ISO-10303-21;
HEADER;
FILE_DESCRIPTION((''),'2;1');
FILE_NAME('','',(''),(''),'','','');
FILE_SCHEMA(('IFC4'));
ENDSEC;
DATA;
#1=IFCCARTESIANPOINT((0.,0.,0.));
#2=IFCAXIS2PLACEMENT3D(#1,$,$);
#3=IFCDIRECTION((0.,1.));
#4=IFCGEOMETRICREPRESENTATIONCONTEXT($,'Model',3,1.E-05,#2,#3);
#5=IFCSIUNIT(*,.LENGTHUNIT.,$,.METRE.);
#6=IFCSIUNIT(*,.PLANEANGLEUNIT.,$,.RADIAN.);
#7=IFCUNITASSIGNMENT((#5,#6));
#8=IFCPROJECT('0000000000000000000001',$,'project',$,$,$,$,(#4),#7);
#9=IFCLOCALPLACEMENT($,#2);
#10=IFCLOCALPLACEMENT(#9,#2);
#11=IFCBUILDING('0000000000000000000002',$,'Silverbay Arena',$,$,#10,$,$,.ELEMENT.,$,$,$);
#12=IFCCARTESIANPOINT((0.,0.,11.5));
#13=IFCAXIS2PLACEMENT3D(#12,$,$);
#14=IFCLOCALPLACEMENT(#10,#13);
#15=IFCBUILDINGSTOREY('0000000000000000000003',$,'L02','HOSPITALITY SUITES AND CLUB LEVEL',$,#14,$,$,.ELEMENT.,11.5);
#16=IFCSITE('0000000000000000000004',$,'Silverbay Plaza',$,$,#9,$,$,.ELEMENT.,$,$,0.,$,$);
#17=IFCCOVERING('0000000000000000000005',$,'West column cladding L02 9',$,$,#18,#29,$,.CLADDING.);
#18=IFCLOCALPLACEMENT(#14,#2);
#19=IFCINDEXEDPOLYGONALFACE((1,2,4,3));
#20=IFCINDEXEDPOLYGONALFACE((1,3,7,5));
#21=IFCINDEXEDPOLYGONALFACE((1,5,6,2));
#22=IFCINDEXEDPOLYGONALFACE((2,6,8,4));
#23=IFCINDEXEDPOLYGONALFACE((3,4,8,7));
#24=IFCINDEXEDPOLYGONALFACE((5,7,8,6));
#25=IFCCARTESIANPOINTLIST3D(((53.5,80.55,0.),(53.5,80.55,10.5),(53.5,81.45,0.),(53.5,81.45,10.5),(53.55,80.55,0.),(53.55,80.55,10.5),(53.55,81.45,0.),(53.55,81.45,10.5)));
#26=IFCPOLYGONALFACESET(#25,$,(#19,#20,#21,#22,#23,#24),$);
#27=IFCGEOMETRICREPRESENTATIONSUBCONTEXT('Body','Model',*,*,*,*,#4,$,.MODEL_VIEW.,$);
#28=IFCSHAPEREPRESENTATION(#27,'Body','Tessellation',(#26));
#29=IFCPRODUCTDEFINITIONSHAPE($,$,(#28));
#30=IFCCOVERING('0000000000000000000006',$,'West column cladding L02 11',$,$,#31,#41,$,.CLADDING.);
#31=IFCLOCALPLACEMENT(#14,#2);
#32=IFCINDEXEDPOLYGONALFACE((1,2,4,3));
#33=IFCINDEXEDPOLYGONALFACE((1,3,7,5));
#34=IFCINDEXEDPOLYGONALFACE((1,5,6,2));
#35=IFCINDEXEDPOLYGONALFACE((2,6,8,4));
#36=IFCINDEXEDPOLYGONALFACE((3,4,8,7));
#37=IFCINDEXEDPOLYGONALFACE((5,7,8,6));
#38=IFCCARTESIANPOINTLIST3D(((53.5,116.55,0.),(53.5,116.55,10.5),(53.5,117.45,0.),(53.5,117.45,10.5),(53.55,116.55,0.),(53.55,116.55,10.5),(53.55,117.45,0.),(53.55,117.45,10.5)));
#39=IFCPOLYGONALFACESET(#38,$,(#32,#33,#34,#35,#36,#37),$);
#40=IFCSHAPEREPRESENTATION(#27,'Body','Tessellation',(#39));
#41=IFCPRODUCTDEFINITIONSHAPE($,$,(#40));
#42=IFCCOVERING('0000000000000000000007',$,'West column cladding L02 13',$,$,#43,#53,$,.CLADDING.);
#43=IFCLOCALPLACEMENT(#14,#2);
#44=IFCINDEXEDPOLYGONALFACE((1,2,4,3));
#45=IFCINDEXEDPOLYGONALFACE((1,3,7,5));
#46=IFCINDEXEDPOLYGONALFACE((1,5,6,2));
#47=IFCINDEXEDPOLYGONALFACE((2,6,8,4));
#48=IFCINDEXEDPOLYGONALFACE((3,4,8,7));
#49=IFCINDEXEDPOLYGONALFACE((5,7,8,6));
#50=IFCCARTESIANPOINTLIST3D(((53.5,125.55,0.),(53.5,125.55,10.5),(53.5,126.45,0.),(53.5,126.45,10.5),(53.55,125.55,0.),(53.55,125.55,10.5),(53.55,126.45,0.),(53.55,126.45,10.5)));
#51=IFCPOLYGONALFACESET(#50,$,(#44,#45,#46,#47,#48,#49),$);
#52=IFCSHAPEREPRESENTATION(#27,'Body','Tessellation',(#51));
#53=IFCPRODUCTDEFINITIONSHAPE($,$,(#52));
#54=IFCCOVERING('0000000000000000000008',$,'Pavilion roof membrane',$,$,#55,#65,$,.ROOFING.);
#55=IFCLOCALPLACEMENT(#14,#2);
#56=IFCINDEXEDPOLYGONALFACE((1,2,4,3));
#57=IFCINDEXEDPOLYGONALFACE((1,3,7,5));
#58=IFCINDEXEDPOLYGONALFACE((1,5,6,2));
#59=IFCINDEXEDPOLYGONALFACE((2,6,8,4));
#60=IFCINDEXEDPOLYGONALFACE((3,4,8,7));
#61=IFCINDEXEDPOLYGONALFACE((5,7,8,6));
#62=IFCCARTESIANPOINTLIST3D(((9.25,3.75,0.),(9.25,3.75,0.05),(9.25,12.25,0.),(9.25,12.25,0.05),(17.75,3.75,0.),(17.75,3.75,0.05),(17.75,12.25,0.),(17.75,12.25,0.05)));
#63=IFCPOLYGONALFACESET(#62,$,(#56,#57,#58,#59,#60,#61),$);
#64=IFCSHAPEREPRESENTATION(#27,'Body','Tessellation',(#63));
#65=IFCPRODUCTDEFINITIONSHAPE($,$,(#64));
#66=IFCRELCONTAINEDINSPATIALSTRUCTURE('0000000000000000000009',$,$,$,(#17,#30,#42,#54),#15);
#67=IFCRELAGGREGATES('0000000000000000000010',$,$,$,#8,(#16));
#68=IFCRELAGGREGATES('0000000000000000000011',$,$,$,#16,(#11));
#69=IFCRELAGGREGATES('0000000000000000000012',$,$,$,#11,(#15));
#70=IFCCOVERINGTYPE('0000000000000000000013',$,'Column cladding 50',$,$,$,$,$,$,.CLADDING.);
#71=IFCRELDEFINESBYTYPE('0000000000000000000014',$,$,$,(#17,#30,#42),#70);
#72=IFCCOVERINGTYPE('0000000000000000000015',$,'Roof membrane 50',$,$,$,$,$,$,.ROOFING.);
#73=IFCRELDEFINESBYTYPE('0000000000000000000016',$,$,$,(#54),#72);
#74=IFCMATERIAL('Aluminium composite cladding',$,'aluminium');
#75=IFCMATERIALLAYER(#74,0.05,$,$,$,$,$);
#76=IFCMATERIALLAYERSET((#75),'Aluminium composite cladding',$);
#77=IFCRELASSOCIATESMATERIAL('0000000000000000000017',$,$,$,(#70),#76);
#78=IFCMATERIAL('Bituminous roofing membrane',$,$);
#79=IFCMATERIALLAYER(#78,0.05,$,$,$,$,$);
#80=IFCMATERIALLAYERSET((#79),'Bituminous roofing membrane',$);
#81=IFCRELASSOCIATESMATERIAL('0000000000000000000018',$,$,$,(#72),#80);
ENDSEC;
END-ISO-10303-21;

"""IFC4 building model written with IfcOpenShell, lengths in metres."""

from ifc_helpers import new_model, si_unit, direction, frame, origin, place, context, subcontext, project, spatial, polyline, outline, extrude, material, layer, layer_set, type_object, element, save


model = new_model("IFC4")

# Units and contexts
model_context = context("Model", 3, precision=1e-05, world=origin(), true_north=direction((0.0, 1.0)))
body_context = subcontext(model_context, "Body", "Model", "MODEL_VIEW")
ifc_project = project(units=[si_unit("LENGTHUNIT", "METRE"), si_unit("PLANEANGLEUNIT", "RADIAN")], contexts=[model_context])

# Site, building, storey
site_placement = place(None, origin())
site = spatial("IfcSite", under=ifc_project, at=site_placement, Name="Silverbay Plaza", CompositionType="ELEMENT", RefElevation=0.0)
building_placement = place(site_placement, origin())
building = spatial("IfcBuilding", under=site, at=building_placement, Name="Silverbay Arena", CompositionType="ELEMENT")
storey_placement = place(building_placement, frame((0.0, 0.0, 11.5)))
storey = spatial("IfcBuildingStorey", under=building, at=storey_placement, Name="L02", Description="HOSPITALITY SUITES AND CLUB LEVEL", CompositionType="ELEMENT", Elevation=11.5)

# Coverings
ifc_material_1 = material(Name="Aluminium composite cladding", Category="aluminium")
ifc_layer_1 = layer(ifc_material_1, 0.05)
ifc_layer_set_1 = layer_set([ifc_layer_1], Name="Aluminium composite cladding")
covering_type_1 = type_object("IfcCoveringType", Name="Column cladding 50", PredefinedType="CLADDING", material=ifc_layer_set_1)
covering_1_placement = place(storey_placement, origin())
element("IfcCovering", 1, at=covering_1_placement, inside=storey, type_object=covering_type_1, Name="West column cladding L02 9", PredefinedType="CLADDING", context=body_context, shape_type="SweptSolid", body=[
    extrude(outline(polyline([(53.5, 80.55), (53.55, 80.55), (53.55, 81.45), (53.5, 81.45), (53.5, 80.55)])), origin(), (0.0, 0.0, 1.0), 10.5),
])
covering_2_placement = place(storey_placement, origin())
element("IfcCovering", 2, at=covering_2_placement, inside=storey, type_object=covering_type_1, Name="West column cladding L02 11", PredefinedType="CLADDING", context=body_context, shape_type="SweptSolid", body=[
    extrude(outline(polyline([(53.5, 116.55), (53.55, 116.55), (53.55, 117.45), (53.5, 117.45), (53.5, 116.55)])), origin(), (0.0, 0.0, 1.0), 10.5),
])
covering_3_placement = place(storey_placement, origin())
element("IfcCovering", 3, at=covering_3_placement, inside=storey, type_object=covering_type_1, Name="West column cladding L02 13", PredefinedType="CLADDING", context=body_context, shape_type="SweptSolid", body=[
    extrude(outline(polyline([(53.5, 125.55), (53.55, 125.55), (53.55, 126.45), (53.5, 126.45), (53.5, 125.55)])), origin(), (0.0, 0.0, 1.0), 10.5),
])
ifc_material_2 = material(Name="Bituminous roofing membrane")
ifc_layer_2 = layer(ifc_material_2, 0.05)
ifc_layer_set_2 = layer_set([ifc_layer_2], Name="Bituminous roofing membrane")
covering_type_2 = type_object("IfcCoveringType", Name="Roof membrane 50", PredefinedType="ROOFING", material=ifc_layer_set_2)
covering_4_placement = place(storey_placement, origin())
element("IfcCovering", 4, at=covering_4_placement, inside=storey, type_object=covering_type_2, Name="Pavilion roof membrane", PredefinedType="ROOFING", context=body_context, shape_type="SweptSolid", body=[
    extrude(outline(polyline([(9.25, 3.75), (17.75, 3.75), (17.75, 12.25), (9.25, 12.25), (9.25, 3.75)])), origin(), (0.0, 0.0, 1.0), 0.05),
])

save(model, "model.ifc")
